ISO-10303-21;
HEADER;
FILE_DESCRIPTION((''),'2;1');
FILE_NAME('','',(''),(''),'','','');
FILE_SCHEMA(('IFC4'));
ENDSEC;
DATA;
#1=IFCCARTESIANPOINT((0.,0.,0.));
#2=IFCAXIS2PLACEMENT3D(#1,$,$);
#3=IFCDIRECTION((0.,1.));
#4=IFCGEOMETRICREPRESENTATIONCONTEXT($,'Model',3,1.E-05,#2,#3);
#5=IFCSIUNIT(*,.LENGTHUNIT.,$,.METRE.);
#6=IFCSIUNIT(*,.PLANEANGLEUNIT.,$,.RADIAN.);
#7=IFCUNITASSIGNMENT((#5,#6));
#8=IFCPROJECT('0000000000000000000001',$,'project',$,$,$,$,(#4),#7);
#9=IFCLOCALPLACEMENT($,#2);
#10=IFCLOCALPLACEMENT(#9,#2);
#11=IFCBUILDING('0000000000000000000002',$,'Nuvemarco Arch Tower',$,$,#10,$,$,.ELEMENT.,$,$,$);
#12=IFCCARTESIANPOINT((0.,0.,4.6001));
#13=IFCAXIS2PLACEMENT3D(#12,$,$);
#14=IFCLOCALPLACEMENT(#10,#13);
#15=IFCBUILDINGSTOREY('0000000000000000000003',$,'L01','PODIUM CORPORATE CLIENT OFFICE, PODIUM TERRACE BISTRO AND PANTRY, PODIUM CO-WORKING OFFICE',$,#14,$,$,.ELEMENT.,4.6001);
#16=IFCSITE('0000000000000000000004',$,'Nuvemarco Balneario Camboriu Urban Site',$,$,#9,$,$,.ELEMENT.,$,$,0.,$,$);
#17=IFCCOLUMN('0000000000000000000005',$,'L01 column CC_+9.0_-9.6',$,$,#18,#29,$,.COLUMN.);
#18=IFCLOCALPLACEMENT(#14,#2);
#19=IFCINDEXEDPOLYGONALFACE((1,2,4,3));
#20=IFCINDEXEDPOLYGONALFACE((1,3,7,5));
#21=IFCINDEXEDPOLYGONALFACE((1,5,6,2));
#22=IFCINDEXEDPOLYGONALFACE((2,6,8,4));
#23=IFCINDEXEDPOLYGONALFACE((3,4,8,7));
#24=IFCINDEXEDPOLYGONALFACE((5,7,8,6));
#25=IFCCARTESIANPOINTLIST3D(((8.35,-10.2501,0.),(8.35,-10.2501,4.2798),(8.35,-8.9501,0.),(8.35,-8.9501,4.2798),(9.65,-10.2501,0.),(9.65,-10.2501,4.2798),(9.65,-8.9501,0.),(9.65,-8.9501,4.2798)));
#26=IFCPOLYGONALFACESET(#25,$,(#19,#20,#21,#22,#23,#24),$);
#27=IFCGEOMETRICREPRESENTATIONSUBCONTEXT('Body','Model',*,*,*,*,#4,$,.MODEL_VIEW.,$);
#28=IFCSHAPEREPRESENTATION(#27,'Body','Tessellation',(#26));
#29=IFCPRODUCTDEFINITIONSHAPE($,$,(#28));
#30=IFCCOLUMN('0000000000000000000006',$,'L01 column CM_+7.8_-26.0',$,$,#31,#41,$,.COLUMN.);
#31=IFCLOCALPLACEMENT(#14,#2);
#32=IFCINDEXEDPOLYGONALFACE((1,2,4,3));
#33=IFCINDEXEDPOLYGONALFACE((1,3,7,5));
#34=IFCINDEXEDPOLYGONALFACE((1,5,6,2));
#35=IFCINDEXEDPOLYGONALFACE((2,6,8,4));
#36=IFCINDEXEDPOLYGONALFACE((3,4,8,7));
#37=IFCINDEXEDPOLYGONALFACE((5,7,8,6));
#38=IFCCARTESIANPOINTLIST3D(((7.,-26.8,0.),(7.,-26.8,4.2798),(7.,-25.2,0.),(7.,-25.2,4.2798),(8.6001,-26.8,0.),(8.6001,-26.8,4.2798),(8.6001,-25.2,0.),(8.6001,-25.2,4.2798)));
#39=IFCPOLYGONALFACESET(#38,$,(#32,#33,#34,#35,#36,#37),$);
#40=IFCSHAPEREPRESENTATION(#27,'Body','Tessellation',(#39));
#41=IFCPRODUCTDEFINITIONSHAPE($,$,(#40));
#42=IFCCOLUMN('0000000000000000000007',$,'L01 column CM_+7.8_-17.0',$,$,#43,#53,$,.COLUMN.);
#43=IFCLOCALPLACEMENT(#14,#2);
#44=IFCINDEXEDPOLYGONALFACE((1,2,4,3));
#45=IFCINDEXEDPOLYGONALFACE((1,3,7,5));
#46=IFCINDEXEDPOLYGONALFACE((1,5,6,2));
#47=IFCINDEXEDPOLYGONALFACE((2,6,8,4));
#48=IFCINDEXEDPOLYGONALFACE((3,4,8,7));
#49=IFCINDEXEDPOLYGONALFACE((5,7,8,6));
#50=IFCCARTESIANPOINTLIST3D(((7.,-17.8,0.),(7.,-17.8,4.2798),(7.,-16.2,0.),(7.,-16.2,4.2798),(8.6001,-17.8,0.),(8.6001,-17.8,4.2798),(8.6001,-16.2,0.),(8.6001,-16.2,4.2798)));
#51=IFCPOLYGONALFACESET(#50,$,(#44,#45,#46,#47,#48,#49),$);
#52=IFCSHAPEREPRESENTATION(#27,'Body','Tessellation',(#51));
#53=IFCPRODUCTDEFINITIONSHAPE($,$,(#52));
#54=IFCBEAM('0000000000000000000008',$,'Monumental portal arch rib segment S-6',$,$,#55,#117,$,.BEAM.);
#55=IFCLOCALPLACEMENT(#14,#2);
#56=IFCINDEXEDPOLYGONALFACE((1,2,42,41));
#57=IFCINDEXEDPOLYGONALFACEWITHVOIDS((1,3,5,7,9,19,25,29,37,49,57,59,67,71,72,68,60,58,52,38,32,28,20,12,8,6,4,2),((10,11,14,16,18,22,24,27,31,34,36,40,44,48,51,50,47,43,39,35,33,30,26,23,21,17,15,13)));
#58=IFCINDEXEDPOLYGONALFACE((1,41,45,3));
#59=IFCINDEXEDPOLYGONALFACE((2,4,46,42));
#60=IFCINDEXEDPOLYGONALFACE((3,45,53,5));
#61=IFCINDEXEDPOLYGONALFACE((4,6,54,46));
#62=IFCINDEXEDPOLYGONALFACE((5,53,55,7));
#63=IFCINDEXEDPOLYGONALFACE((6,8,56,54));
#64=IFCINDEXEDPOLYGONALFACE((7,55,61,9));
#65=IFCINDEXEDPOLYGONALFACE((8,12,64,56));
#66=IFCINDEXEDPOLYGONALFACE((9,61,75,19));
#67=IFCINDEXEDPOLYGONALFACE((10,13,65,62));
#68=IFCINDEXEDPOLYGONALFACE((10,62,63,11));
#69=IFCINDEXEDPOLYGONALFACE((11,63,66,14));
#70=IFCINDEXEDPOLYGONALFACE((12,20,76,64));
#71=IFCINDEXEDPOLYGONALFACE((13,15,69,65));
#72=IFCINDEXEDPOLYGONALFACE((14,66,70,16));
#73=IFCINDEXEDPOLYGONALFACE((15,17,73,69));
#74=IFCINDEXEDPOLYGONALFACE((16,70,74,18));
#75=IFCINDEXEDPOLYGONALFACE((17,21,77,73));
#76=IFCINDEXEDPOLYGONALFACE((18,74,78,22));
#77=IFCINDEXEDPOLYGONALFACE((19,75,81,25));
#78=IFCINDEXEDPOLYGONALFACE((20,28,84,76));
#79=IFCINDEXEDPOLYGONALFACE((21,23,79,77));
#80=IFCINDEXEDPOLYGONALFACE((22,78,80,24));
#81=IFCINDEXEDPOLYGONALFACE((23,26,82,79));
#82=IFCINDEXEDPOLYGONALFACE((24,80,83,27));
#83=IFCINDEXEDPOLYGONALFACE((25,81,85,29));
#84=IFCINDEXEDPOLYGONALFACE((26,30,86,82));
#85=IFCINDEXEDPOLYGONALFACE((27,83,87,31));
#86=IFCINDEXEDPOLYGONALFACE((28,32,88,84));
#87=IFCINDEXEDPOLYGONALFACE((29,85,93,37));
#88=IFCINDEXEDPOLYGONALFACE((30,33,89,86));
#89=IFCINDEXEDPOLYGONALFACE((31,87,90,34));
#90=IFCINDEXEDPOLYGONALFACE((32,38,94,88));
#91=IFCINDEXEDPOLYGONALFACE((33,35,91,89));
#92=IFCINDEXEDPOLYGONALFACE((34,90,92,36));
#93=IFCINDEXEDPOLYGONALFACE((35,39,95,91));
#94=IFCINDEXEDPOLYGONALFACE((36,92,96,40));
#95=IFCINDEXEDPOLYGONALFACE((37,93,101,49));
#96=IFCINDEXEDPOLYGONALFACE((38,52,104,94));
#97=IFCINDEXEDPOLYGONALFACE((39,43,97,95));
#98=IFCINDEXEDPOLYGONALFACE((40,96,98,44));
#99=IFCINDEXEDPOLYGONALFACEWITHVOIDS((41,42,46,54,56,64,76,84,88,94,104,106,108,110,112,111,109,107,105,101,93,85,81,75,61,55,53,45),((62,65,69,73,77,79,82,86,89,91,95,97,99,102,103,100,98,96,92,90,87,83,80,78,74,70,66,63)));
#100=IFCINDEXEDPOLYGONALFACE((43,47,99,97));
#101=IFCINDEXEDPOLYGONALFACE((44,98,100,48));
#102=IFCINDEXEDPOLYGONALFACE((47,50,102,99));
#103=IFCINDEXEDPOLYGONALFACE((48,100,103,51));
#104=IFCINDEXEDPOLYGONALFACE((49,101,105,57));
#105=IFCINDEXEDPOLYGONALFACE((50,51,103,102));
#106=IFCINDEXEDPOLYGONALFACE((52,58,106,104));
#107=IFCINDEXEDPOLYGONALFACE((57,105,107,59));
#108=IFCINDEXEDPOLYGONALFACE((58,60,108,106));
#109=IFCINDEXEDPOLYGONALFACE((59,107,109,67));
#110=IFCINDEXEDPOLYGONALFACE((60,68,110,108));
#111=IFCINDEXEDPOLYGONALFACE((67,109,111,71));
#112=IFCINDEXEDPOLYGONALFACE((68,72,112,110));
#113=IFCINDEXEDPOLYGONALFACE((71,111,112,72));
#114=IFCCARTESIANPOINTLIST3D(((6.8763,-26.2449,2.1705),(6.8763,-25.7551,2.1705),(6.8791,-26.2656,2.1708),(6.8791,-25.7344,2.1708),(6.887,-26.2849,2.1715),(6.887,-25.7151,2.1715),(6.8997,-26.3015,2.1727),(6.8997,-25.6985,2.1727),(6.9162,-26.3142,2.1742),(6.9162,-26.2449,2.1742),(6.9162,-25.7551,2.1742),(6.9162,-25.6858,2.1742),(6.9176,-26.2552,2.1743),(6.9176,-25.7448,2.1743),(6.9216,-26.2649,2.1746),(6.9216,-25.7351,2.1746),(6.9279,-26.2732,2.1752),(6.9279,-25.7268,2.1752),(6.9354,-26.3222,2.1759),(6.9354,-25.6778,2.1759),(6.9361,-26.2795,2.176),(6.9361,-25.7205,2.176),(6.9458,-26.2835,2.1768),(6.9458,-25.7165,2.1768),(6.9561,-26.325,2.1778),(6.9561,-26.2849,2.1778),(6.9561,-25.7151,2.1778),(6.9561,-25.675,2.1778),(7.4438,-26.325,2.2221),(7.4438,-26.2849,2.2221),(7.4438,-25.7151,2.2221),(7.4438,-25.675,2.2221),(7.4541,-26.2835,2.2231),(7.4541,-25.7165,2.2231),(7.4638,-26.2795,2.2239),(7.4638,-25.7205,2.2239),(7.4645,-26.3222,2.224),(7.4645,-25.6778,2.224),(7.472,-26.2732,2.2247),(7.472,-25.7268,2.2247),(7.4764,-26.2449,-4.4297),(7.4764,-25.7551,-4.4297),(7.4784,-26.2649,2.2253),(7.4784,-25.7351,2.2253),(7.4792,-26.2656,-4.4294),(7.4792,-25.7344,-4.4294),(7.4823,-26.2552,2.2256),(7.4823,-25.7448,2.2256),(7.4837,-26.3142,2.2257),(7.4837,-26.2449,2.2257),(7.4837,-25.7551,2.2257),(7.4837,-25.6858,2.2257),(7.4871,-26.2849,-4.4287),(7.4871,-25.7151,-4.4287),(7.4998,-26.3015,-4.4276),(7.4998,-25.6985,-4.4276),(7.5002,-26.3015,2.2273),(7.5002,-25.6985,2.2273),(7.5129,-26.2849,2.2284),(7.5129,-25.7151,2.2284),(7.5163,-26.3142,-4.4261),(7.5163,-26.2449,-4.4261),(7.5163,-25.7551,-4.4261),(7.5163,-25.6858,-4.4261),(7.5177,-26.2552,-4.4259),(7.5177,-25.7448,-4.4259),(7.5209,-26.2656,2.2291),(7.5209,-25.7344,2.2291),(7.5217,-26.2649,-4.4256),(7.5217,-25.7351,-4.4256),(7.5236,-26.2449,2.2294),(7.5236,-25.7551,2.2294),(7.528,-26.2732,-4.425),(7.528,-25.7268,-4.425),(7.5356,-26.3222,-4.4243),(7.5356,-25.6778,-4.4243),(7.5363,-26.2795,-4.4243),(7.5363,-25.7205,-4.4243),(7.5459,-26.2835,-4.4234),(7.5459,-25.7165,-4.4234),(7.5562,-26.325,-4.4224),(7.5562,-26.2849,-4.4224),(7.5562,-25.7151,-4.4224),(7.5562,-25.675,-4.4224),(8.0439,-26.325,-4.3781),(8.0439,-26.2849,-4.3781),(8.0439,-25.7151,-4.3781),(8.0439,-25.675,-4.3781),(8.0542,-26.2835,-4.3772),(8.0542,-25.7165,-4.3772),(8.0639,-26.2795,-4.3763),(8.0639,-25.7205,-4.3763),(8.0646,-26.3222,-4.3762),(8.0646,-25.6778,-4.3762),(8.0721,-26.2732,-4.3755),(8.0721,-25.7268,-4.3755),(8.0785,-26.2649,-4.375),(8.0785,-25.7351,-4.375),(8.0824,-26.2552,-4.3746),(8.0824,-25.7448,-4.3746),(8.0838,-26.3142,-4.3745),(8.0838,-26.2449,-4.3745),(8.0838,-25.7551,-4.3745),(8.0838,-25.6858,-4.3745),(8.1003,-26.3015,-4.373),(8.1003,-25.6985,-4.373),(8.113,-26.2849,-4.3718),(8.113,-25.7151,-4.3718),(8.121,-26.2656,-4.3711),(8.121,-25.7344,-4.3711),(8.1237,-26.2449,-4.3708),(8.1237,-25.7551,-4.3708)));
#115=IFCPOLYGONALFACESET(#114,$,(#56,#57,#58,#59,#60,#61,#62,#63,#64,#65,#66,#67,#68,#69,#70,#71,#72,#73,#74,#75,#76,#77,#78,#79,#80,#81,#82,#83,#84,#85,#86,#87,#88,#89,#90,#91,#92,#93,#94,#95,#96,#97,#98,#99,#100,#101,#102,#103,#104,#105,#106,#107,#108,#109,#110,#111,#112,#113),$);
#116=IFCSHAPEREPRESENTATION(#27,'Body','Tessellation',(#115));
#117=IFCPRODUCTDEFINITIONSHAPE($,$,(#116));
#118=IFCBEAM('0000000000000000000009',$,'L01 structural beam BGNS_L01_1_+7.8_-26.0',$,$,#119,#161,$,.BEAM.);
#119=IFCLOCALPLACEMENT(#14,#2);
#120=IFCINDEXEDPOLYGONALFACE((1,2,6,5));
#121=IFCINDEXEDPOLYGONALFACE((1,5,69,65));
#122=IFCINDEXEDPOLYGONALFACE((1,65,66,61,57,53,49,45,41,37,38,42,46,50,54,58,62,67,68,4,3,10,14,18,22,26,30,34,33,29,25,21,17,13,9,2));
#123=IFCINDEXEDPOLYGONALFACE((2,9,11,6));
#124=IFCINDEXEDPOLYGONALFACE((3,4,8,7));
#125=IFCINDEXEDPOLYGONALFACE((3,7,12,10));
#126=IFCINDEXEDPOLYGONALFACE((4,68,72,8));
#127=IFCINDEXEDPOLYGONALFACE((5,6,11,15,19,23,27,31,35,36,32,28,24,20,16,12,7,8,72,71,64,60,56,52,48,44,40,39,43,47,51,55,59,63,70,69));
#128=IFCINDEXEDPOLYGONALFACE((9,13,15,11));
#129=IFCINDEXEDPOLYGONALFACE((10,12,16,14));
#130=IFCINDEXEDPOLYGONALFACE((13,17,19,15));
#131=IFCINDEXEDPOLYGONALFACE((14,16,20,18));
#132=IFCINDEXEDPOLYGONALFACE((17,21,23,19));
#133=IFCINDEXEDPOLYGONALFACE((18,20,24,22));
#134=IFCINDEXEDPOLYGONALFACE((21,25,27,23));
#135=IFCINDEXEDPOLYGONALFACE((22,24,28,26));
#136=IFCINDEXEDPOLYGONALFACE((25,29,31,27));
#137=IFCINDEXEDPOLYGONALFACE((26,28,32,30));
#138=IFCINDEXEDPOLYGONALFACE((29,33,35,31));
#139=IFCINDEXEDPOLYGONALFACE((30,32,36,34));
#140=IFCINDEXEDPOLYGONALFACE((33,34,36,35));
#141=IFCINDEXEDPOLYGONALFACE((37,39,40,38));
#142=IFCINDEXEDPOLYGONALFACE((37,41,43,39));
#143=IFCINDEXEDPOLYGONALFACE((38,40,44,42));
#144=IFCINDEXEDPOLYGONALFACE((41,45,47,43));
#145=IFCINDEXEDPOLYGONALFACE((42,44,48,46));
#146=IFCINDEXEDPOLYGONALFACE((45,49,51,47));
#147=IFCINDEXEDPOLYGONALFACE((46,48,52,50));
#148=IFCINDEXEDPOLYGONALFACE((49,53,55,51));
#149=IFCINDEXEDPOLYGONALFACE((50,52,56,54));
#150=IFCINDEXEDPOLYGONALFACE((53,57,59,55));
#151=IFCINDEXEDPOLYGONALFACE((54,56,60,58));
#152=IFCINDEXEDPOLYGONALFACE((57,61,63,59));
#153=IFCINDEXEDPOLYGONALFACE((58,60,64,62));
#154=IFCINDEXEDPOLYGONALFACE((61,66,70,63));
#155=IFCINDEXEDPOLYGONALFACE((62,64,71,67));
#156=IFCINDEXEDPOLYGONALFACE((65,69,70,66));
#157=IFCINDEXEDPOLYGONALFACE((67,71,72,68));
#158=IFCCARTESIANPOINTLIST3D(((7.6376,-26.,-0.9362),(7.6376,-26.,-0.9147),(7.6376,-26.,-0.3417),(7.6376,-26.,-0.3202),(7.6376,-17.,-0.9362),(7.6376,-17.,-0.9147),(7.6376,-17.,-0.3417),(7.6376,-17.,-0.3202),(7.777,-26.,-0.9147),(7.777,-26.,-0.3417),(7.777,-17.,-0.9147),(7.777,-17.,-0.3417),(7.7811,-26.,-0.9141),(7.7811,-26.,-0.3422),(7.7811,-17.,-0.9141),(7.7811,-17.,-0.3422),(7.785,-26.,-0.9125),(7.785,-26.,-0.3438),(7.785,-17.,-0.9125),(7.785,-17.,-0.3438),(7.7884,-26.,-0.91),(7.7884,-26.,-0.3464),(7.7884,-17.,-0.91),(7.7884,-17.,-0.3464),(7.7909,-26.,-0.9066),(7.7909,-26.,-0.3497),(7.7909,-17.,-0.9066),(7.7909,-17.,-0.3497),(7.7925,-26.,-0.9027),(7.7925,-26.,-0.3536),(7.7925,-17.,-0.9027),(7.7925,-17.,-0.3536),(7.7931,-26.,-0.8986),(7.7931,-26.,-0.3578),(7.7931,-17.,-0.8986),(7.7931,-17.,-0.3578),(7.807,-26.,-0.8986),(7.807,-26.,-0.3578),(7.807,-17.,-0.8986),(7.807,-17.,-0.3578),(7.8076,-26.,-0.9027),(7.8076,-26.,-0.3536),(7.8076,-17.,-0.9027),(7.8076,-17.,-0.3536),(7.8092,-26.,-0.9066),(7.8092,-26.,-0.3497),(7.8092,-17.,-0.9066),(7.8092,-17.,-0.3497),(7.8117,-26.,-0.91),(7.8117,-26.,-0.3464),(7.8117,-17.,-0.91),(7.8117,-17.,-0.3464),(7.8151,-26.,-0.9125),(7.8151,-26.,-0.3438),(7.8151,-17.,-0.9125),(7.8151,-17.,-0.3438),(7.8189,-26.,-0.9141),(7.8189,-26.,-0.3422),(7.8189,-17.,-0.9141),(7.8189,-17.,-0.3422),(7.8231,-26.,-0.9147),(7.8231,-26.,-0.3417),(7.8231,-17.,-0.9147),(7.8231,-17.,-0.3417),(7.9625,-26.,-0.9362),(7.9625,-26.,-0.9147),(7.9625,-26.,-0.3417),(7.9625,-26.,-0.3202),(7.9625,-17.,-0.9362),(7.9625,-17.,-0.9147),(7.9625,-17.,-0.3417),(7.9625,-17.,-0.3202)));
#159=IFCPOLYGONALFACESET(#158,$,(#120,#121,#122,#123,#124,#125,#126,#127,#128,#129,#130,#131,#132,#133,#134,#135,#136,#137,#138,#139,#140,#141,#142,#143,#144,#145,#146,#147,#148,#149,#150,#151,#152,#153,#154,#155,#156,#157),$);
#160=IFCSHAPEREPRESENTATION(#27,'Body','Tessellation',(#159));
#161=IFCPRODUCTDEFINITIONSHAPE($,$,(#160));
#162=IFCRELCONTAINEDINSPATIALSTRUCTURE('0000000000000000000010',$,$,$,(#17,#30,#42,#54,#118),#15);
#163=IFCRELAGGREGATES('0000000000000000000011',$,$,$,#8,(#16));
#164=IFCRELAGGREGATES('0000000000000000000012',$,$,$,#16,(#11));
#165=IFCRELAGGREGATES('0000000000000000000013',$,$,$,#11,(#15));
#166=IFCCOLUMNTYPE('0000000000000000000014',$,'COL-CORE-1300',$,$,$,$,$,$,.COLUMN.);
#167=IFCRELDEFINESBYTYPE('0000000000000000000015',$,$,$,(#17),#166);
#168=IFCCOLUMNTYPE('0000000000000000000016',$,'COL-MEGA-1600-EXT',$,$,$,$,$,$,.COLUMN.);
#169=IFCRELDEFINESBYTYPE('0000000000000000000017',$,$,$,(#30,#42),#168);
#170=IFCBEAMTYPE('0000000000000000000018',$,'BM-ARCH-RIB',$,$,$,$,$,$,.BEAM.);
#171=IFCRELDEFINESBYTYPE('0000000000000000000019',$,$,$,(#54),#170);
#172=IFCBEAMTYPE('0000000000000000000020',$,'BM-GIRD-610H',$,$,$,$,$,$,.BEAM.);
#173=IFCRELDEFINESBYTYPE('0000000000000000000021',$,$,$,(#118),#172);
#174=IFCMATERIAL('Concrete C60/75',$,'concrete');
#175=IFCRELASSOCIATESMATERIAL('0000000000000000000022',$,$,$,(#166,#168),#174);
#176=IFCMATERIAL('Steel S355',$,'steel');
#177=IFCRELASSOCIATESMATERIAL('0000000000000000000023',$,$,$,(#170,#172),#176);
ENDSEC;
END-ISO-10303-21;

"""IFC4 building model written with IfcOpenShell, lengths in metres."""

from ifc_helpers import new_model, si_unit, direction, frame, origin, origin_2d, place, context, subcontext, project, spatial, rectangle, hollow_rectangle, i_section, extrude, material, material_profile, profile_set, type_object, element, save


model = new_model("IFC4")

# Units and contexts
model_context = context("Model", 3, precision=1e-05, world=origin(), true_north=direction((0.0, 1.0)))
body_context = subcontext(model_context, "Body", "Model", "MODEL_VIEW")
ifc_project = project(units=[si_unit("LENGTHUNIT", "METRE"), si_unit("PLANEANGLEUNIT", "RADIAN")], contexts=[model_context])

# Site, building, storey
site_placement = place(None, origin())
site = spatial("IfcSite", under=ifc_project, at=site_placement, Name="Nuvemarco Balneario Camboriu Urban Site", CompositionType="ELEMENT", RefElevation=0.0)
building_placement = place(site_placement, origin())
building = spatial("IfcBuilding", under=site, at=building_placement, Name="Nuvemarco Arch Tower", CompositionType="ELEMENT")
storey_placement = place(building_placement, frame((0.0, 0.0, 4.6001)))
storey = spatial("IfcBuildingStorey", under=building, at=storey_placement, Name="L01", Description="PODIUM CORPORATE CLIENT OFFICE, PODIUM TERRACE BISTRO AND PANTRY, PODIUM CO-WORKING OFFICE", CompositionType="ELEMENT", Elevation=4.6001)

# Columns
ifc_material_1 = material(Name="Concrete C60/75", Category="concrete")
ifc_material_profile_1 = material_profile(ifc_material_1, rectangle(XDim=1.3, YDim=1.3, at=origin_2d()), Name="RC-COL-1300x1300")
ifc_profile_set_1 = profile_set([ifc_material_profile_1], Name="Concrete C60/75")
column_type_1 = type_object("IfcColumnType", Name="COL-CORE-1300", PredefinedType="COLUMN", material=ifc_profile_set_1)
column_placement = place(storey_placement, frame((9.0, -9.6001, 0.0), z_axis=(0.0, 0.0, 1.0), x_axis=(1.0, 0.0, 0.0)))
element("IfcColumn", 1, at=column_placement, inside=storey, type_object=column_type_1, Name="L01 column CC_+9.0_-9.6", PredefinedType="COLUMN", context=body_context, shape_type="SweptSolid", body=[
    extrude(rectangle(XDim=1.3, YDim=1.3, at=origin_2d()), origin(), (0.0, 0.0, 1.0), 4.2798),
])
ifc_material_profile_2 = material_profile(ifc_material_1, rectangle(XDim=1.6001, YDim=1.6001, at=origin_2d()), Name="RC-COL-1600x1600")
ifc_profile_set_2 = profile_set([ifc_material_profile_2], Name="Concrete C60/75")
column_type_2 = type_object("IfcColumnType", Name="COL-MEGA-1600-EXT", PredefinedType="COLUMN", material=ifc_profile_set_2)
for number, where, z_axis, x_axis, name in (
    (2, (7.8, -26.0, 0.0), (0.0, 0.0, 1.0), (1.0, 0.0, 0.0), "L01 column CM_+7.8_-26.0"),
    (3, (7.8, -17.0, 0.0), (0.0, 0.0, 1.0), (1.0, 0.0, 0.0), "L01 column CM_+7.8_-17.0"),
):
    element("IfcColumn", number, at=place(storey_placement, frame(where, z_axis=z_axis, x_axis=x_axis)), inside=storey, type_object=column_type_2, Name=name, PredefinedType="COLUMN", context=body_context, shape_type="SweptSolid", body=[
        extrude(rectangle(XDim=1.6001, YDim=1.6001, at=origin_2d()), origin(), (0.0, 0.0, 1.0), 4.2798),
    ])

# Beams
ifc_material_2 = material(Name="Steel S355", Category="steel")
ifc_material_profile_3 = material_profile(ifc_material_2, hollow_rectangle(XDim=0.6499, YDim=0.6499, WallThickness=0.04, InnerFilletRadius=0.04, OuterFilletRadius=0.0801, at=origin_2d()), Name="SHS650x650x40")
ifc_profile_set_3 = profile_set([ifc_material_profile_3], Name="Steel S355")
beam_type_1 = type_object("IfcBeamType", Name="BM-ARCH-RIB", PredefinedType="BEAM", material=ifc_profile_set_3)
beam_1_placement = place(storey_placement, frame((7.2, -26.0, 2.2), z_axis=(0.090549, 0.0, -0.995892), x_axis=(0.0, 1.0, 0.0)))
element("IfcBeam", 4, at=beam_1_placement, inside=storey, type_object=beam_type_1, Name="Monumental portal arch rib segment S-6", PredefinedType="BEAM", context=body_context, shape_type="SweptSolid", body=[
    extrude(hollow_rectangle(XDim=0.6499, YDim=0.6499, WallThickness=0.04, InnerFilletRadius=0.04, OuterFilletRadius=0.0801, at=origin_2d()), origin(), (0.0, 0.0, 1.0), 6.6274),
])
ifc_material_profile_4 = material_profile(ifc_material_2, i_section(OverallWidth=0.325, OverallDepth=0.616, WebThickness=0.0139, FlangeThickness=0.0215, FilletRadius=0.0161, at=origin_2d()), Name="W610x174")
ifc_profile_set_4 = profile_set([ifc_material_profile_4], Name="Steel S355")
beam_type_2 = type_object("IfcBeamType", Name="BM-GIRD-610H", PredefinedType="BEAM", material=ifc_profile_set_4)
beam_2_placement = place(storey_placement, frame((7.8, -26.0, -0.6282), z_axis=(0.0, 1.0, 0.0), x_axis=(-1.0, 0.0, 0.0)))
element("IfcBeam", 5, at=beam_2_placement, inside=storey, type_object=beam_type_2, Name="L01 structural beam BGNS_L01_1_+7.8_-26.0", PredefinedType="BEAM", context=body_context, shape_type="SweptSolid", body=[
    extrude(i_section(OverallWidth=0.325, OverallDepth=0.616, WebThickness=0.0139, FlangeThickness=0.0215, FilletRadius=0.0161, at=origin_2d()), origin(), (0.0, 0.0, 1.0), 9.0),
])

save(model, "model.ifc")
